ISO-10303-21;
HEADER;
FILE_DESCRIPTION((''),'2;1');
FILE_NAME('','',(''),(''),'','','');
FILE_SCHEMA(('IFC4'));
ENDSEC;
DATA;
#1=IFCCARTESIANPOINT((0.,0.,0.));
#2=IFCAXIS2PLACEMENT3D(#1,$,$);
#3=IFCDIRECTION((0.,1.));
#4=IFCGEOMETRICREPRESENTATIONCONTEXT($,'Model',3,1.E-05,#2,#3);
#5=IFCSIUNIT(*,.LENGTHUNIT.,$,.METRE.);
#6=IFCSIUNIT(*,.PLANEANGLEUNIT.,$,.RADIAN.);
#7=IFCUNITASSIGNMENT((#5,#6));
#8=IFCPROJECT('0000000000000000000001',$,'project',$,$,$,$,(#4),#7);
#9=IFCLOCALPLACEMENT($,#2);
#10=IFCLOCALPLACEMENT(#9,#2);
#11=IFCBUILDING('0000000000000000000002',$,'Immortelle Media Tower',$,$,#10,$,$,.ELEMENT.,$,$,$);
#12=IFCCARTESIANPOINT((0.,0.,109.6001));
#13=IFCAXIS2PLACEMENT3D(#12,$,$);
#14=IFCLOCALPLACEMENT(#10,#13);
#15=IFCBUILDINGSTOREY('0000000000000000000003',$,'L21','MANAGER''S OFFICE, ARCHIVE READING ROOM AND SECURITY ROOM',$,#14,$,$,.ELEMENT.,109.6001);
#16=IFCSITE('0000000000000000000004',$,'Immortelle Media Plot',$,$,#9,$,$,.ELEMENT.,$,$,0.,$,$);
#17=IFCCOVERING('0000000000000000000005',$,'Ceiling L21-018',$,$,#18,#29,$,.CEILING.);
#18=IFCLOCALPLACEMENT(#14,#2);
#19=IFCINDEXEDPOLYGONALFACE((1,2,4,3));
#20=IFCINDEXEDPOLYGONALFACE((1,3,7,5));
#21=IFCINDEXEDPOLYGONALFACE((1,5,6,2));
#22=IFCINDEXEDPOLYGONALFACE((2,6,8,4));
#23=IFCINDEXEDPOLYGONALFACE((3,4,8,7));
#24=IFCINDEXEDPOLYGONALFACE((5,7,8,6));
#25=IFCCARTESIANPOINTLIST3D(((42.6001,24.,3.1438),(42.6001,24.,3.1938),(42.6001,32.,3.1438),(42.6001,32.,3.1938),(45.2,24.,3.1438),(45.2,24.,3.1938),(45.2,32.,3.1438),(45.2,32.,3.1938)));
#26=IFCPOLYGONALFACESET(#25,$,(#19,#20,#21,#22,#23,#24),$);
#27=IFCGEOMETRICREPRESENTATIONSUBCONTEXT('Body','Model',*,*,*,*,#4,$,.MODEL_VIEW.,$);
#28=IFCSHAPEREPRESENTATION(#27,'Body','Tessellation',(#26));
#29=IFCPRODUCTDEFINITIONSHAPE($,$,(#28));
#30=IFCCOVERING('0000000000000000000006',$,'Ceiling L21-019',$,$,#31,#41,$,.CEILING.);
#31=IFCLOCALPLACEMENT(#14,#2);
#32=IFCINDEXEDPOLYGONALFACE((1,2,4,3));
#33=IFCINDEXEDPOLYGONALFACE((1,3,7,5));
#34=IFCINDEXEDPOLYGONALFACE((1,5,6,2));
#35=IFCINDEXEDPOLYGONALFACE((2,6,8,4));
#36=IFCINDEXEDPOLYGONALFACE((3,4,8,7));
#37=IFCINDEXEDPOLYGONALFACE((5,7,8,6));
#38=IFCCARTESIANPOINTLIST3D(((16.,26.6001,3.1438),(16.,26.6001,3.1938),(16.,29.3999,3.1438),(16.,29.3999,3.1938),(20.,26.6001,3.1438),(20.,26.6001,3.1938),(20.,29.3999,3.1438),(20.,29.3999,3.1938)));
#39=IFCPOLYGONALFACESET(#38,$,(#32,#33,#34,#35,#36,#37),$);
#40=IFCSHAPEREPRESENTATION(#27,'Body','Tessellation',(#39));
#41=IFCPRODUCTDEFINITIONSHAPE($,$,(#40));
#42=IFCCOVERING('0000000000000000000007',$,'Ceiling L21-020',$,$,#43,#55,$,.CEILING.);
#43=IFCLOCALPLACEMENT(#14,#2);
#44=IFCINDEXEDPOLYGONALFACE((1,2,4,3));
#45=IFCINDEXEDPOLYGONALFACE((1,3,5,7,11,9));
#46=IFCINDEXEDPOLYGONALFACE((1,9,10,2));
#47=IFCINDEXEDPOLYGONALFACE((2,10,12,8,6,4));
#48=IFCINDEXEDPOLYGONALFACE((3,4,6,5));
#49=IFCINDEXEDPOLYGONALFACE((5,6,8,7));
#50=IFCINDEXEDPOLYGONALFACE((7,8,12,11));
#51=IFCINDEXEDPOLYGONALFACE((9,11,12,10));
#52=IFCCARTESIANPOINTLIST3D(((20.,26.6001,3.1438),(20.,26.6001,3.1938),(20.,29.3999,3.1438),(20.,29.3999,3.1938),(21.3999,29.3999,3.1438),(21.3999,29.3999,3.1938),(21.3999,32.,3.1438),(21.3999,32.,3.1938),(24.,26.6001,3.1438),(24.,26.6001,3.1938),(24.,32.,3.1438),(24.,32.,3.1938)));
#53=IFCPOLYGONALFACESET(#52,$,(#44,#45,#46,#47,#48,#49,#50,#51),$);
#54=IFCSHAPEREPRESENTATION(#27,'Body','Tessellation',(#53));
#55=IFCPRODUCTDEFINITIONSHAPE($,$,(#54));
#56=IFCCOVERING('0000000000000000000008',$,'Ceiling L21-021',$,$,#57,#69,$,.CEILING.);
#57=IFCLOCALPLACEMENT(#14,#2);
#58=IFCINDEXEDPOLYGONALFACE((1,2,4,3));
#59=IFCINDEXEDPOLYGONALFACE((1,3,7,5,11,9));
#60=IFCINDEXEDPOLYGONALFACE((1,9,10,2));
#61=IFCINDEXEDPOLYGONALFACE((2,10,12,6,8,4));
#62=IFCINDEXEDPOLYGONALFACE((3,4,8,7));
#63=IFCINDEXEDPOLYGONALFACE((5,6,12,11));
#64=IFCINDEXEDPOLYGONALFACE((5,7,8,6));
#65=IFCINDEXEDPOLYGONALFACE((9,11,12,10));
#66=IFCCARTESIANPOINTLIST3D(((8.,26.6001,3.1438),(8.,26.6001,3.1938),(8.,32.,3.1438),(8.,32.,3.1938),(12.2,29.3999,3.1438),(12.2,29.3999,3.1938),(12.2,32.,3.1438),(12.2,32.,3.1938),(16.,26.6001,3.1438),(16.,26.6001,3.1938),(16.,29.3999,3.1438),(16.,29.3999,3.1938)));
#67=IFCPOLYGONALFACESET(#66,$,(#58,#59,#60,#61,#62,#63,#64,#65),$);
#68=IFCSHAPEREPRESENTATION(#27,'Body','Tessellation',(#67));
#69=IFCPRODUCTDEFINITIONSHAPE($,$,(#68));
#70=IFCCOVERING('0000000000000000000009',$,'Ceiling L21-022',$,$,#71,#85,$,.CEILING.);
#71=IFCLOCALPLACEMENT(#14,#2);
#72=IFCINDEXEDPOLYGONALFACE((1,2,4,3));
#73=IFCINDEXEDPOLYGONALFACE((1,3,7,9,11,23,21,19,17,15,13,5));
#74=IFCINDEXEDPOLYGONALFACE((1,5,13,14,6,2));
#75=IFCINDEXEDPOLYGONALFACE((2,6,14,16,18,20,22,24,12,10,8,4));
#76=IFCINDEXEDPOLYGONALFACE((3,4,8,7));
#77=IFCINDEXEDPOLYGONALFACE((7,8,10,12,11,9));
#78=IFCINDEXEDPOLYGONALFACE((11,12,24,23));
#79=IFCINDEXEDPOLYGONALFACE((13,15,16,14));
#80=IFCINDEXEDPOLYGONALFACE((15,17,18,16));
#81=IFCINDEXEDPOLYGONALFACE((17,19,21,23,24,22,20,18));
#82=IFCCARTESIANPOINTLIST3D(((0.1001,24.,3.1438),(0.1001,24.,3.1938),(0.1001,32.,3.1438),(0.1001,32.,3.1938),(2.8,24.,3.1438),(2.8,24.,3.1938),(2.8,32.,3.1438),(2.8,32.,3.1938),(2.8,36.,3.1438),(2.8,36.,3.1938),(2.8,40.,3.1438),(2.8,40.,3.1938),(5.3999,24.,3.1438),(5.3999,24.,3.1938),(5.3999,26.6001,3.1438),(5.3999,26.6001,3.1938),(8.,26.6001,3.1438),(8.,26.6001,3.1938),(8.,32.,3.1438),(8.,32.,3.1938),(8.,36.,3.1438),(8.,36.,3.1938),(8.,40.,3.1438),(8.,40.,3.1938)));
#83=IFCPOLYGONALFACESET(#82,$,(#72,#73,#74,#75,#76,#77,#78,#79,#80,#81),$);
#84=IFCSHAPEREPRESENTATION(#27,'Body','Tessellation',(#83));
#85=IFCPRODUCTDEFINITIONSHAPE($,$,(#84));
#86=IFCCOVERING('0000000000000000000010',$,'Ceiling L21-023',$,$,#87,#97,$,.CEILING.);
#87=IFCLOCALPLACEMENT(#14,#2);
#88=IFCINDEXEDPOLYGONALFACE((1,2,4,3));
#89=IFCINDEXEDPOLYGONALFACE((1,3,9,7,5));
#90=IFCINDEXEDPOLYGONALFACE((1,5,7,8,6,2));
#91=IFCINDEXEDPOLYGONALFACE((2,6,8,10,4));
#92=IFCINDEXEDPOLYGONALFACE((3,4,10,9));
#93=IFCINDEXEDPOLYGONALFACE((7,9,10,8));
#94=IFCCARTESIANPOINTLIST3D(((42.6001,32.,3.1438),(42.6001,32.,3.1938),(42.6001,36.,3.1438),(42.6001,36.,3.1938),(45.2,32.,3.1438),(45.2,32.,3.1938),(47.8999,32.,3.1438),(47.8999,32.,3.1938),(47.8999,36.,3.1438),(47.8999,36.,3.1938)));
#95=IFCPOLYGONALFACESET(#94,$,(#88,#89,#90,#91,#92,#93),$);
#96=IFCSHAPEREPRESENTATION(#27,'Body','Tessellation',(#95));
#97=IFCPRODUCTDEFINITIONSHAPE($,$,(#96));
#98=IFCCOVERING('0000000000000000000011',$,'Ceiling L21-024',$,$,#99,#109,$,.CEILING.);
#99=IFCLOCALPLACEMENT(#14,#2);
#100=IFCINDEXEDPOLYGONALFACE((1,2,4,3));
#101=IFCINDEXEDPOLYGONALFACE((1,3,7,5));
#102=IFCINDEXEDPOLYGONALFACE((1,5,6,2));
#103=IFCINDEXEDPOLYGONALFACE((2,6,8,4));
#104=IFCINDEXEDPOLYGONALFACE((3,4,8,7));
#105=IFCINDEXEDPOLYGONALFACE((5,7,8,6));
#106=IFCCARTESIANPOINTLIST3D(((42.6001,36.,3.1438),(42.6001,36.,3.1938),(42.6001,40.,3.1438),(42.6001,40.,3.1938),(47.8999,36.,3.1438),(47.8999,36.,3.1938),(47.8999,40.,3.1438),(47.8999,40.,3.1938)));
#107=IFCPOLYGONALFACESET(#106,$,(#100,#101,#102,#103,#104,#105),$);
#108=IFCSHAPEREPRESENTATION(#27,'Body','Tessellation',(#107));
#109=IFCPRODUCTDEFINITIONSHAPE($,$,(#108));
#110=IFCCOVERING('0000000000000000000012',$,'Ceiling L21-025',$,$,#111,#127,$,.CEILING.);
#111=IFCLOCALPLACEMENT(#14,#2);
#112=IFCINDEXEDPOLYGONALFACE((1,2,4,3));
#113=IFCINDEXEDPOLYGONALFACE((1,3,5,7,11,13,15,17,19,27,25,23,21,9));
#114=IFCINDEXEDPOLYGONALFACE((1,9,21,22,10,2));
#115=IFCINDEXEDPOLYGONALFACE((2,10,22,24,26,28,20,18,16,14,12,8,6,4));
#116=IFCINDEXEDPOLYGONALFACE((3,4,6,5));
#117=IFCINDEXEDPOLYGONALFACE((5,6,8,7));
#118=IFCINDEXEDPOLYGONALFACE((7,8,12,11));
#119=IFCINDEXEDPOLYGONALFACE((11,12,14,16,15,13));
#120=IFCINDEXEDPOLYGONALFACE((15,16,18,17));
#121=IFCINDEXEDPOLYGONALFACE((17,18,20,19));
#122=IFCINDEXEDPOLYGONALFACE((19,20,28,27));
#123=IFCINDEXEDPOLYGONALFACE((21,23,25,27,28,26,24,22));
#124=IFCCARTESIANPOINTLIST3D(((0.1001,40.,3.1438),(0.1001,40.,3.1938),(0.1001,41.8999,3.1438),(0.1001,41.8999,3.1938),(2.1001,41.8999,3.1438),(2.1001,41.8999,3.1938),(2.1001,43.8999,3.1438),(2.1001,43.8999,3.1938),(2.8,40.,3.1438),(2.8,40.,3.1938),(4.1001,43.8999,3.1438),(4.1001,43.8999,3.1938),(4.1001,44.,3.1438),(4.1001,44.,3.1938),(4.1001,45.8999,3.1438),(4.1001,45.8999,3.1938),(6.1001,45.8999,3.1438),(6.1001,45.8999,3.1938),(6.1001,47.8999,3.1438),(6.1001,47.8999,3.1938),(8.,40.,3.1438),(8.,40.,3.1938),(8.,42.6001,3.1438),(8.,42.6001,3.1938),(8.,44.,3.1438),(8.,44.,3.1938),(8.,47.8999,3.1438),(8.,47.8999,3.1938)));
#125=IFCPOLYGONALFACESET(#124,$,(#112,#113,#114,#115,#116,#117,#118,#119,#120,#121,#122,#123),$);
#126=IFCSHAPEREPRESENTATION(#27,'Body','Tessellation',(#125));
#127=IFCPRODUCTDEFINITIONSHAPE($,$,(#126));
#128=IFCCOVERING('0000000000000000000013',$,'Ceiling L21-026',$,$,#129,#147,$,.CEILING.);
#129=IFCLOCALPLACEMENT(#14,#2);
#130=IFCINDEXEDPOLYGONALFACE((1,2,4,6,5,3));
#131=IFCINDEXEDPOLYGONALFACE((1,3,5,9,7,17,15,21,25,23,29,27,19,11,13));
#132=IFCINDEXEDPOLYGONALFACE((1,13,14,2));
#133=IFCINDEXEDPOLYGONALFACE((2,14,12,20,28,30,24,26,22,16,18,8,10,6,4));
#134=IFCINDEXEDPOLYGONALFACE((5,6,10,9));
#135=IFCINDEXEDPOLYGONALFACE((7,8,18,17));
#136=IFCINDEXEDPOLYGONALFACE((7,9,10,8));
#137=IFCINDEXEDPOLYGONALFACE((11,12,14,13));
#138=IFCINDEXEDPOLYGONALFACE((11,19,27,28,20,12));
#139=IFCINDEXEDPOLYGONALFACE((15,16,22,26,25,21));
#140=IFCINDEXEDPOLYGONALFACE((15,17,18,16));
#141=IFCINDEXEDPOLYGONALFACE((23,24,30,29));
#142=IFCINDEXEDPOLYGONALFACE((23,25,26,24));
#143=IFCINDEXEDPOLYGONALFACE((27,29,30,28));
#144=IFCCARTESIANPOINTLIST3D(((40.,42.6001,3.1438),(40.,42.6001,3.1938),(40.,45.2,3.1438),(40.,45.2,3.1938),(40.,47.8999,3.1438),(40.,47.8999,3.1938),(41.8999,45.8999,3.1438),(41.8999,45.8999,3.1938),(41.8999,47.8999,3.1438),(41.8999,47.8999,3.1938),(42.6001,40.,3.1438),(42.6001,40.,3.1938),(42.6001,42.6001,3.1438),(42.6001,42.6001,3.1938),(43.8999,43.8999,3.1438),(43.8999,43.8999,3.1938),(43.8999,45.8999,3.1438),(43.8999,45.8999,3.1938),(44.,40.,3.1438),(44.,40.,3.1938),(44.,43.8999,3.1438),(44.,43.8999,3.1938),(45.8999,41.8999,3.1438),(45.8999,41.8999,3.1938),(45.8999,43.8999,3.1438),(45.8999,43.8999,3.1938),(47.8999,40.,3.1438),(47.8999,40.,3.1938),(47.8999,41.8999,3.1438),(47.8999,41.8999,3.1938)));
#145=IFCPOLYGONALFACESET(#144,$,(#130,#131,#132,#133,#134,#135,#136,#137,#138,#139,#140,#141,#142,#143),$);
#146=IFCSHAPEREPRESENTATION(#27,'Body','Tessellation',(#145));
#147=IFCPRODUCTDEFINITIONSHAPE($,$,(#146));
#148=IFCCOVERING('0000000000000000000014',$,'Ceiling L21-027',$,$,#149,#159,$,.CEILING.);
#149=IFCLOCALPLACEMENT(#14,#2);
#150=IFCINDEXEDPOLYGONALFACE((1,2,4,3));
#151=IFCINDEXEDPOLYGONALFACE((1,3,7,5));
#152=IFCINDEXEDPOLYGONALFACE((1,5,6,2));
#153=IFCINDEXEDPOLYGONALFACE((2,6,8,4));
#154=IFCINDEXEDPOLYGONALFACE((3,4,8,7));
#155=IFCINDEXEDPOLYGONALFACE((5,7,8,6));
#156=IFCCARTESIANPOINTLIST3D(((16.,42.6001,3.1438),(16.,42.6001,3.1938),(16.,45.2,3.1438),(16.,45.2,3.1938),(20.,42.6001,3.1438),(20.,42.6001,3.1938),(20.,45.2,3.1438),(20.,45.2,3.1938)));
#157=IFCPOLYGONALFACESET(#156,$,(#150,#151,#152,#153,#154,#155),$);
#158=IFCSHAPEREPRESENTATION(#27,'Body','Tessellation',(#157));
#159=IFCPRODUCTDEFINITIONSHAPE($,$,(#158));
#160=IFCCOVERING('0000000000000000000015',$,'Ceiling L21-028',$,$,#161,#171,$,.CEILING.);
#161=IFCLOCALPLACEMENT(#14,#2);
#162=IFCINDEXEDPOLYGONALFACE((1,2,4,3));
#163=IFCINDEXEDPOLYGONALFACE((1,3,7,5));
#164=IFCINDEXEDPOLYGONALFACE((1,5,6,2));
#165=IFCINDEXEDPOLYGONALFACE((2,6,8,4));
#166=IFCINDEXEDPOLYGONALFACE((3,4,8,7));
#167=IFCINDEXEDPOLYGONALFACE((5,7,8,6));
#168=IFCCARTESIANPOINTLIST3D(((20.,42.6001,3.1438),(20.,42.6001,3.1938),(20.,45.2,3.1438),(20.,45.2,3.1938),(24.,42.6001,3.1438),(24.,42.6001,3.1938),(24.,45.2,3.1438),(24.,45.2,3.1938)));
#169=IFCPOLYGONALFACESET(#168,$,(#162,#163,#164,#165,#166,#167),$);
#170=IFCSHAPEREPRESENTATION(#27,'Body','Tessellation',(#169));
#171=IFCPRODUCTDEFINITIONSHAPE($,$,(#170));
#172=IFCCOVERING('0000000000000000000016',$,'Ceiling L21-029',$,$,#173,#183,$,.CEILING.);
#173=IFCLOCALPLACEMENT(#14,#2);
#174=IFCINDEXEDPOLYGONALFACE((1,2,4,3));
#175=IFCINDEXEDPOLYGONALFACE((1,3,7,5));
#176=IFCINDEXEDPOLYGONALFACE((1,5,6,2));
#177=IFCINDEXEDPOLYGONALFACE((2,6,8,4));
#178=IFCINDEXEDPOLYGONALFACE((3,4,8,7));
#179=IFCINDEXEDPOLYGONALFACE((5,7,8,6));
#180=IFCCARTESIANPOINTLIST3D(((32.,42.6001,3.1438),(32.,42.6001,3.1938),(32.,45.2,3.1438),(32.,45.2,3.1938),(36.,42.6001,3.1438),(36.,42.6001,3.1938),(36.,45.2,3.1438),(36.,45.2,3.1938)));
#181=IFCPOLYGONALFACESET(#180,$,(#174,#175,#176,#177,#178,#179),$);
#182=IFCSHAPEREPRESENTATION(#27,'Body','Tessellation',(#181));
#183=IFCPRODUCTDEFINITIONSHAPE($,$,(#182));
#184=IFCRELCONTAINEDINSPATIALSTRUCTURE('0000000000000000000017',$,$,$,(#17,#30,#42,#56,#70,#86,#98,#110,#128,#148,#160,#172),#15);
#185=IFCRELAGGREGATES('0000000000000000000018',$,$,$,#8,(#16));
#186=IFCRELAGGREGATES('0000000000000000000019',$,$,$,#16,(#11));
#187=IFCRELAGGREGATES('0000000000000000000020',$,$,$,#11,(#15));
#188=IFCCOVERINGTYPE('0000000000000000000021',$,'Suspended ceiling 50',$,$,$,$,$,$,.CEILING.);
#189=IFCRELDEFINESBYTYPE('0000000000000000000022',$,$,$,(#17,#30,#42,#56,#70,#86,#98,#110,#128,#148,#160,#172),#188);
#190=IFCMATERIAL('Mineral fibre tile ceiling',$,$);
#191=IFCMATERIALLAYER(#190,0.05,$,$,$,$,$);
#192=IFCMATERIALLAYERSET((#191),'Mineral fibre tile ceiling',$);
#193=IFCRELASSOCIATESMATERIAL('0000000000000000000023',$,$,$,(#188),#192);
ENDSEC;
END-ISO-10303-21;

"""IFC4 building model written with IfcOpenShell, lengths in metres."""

from ifc_helpers import new_model, si_unit, direction, frame, origin, place, context, subcontext, project, spatial, polyline, outline, extrude, material, layer, layer_set, type_object, element, save


model = new_model("IFC4")

# Units and contexts
model_context = context("Model", 3, precision=1e-05, world=origin(), true_north=direction((0.0, 1.0)))
body_context = subcontext(model_context, "Body", "Model", "MODEL_VIEW")
ifc_project = project(units=[si_unit("LENGTHUNIT", "METRE"), si_unit("PLANEANGLEUNIT", "RADIAN")], contexts=[model_context])

# Site, building, storey
site_placement = place(None, origin())
site = spatial("IfcSite", under=ifc_project, at=site_placement, Name="Immortelle Media Plot", CompositionType="ELEMENT", RefElevation=0.0)
building_placement = place(site_placement, origin())
building = spatial("IfcBuilding", under=site, at=building_placement, Name="Immortelle Media Tower", CompositionType="ELEMENT")
storey_placement = place(building_placement, frame((0.0, 0.0, 109.6001)))
storey = spatial("IfcBuildingStorey", under=building, at=storey_placement, Name="L21", Description="MANAGER'S OFFICE, ARCHIVE READING ROOM AND SECURITY ROOM", CompositionType="ELEMENT", Elevation=109.6001)

# Coverings
ifc_material_1 = material(Name="Mineral fibre tile ceiling")
ifc_layer = layer(ifc_material_1, 0.05)
ifc_layer_set = layer_set([ifc_layer], Name="Mineral fibre tile ceiling")
covering_type = type_object("IfcCoveringType", Name="Suspended ceiling 50", PredefinedType="CEILING", material=ifc_layer_set)
covering_1_placement = place(storey_placement, frame((0.0, 0.0, 3.1438)))
element("IfcCovering", 1, at=covering_1_placement, inside=storey, type_object=covering_type, Name="Ceiling L21-018", PredefinedType="CEILING", context=body_context, shape_type="SweptSolid", body=[
    extrude(outline(polyline([(45.2, 24.0), (42.6001, 24.0), (42.6001, 32.0), (45.2, 32.0), (45.2, 24.0)])), origin(), (0.0, 0.0, 1.0), 0.05),
])
covering_2_placement = place(storey_placement, frame((0.0, 0.0, 3.1438)))
element("IfcCovering", 2, at=covering_2_placement, inside=storey, type_object=covering_type, Name="Ceiling L21-019", PredefinedType="CEILING", context=body_context, shape_type="SweptSolid", body=[
    extrude(outline(polyline([(16.0, 29.3999), (20.0, 29.3999), (20.0, 26.6001), (16.0, 26.6001), (16.0, 29.3999)])), origin(), (0.0, 0.0, 1.0), 0.05),
])
covering_3_placement = place(storey_placement, frame((0.0, 0.0, 3.1438)))
element("IfcCovering", 3, at=covering_3_placement, inside=storey, type_object=covering_type, Name="Ceiling L21-020", PredefinedType="CEILING", context=body_context, shape_type="SweptSolid", body=[
    extrude(outline(polyline([(21.3999, 29.3999), (21.3999, 32.0), (24.0, 32.0), (24.0, 26.6001), (20.0, 26.6001), (20.0, 29.3999), (21.3999, 29.3999)])), origin(), (0.0, 0.0, 1.0), 0.05),
])
covering_4_placement = place(storey_placement, frame((0.0, 0.0, 3.1438)))
element("IfcCovering", 4, at=covering_4_placement, inside=storey, type_object=covering_type, Name="Ceiling L21-021", PredefinedType="CEILING", context=body_context, shape_type="SweptSolid", body=[
    extrude(outline(polyline([(8.0, 26.6001), (8.0, 32.0), (12.2, 32.0), (12.2, 29.3999), (16.0, 29.3999), (16.0, 26.6001), (8.0, 26.6001)])), origin(), (0.0, 0.0, 1.0), 0.05),
])
covering_5_placement = place(storey_placement, frame((0.0, 0.0, 3.1438)))
element("IfcCovering", 5, at=covering_5_placement, inside=storey, type_object=covering_type, Name="Ceiling L21-022", PredefinedType="CEILING", context=body_context, shape_type="SweptSolid", body=[
    extrude(outline(polyline([(0.1001, 24.0), (0.1001, 32.0), (2.8, 32.0), (2.8, 36.0), (2.8, 40.0), (8.0, 40.0), (8.0, 36.0), (8.0, 32.0), (8.0, 26.6001), (5.3999, 26.6001), (5.3999, 24.0), (2.8, 24.0), (0.1001, 24.0)])), origin(), (0.0, 0.0, 1.0), 0.05),
])
covering_6_placement = place(storey_placement, frame((0.0, 0.0, 3.1438)))
element("IfcCovering", 6, at=covering_6_placement, inside=storey, type_object=covering_type, Name="Ceiling L21-023", PredefinedType="CEILING", context=body_context, shape_type="SweptSolid", body=[
    extrude(outline(polyline([(42.6001, 32.0), (42.6001, 36.0), (47.8999, 36.0), (47.8999, 32.0), (45.2, 32.0), (42.6001, 32.0)])), origin(), (0.0, 0.0, 1.0), 0.05),
])
covering_7_placement = place(storey_placement, frame((0.0, 0.0, 3.1438)))
element("IfcCovering", 7, at=covering_7_placement, inside=storey, type_object=covering_type, Name="Ceiling L21-024", PredefinedType="CEILING", context=body_context, shape_type="SweptSolid", body=[
    extrude(outline(polyline([(42.6001, 40.0), (47.8999, 40.0), (47.8999, 36.0), (42.6001, 36.0), (42.6001, 40.0)])), origin(), (0.0, 0.0, 1.0), 0.05),
])
covering_8_placement = place(storey_placement, frame((0.0, 0.0, 3.1438)))
element("IfcCovering", 8, at=covering_8_placement, inside=storey, type_object=covering_type, Name="Ceiling L21-025", PredefinedType="CEILING", context=body_context, shape_type="SweptSolid", body=[
    extrude(outline(polyline([(0.1001, 41.8999), (2.1001, 41.8999), (2.1001, 43.8999), (4.1001, 43.8999), (4.1001, 44.0), (4.1001, 45.8999), (6.1001, 45.8999), (6.1001, 47.8999), (8.0, 47.8999), (8.0, 44.0), (8.0, 42.6001), (8.0, 40.0), (2.8, 40.0), (0.1001, 40.0), (0.1001, 41.8999)])), origin(), (0.0, 0.0, 1.0), 0.05),
])
covering_9_placement = place(storey_placement, frame((0.0, 0.0, 3.1438)))
element("IfcCovering", 9, at=covering_9_placement, inside=storey, type_object=covering_type, Name="Ceiling L21-026", PredefinedType="CEILING", context=body_context, shape_type="SweptSolid", body=[
    extrude(outline(polyline([(45.8999, 41.8999), (47.8999, 41.8999), (47.8999, 40.0), (44.0, 40.0), (42.6001, 40.0), (42.6001, 42.6001), (40.0, 42.6001), (40.0, 45.2), (40.0, 47.8999), (41.8999, 47.8999), (41.8999, 45.8999), (43.8999, 45.8999), (43.8999, 43.8999), (44.0, 43.8999), (45.8999, 43.8999), (45.8999, 41.8999)])), origin(), (0.0, 0.0, 1.0), 0.05),
])
covering_10_placement = place(storey_placement, frame((0.0, 0.0, 3.1438)))
element("IfcCovering", 10, at=covering_10_placement, inside=storey, type_object=covering_type, Name="Ceiling L21-027", PredefinedType="CEILING", context=body_context, shape_type="SweptSolid", body=[
    extrude(outline(polyline([(16.0, 45.2), (20.0, 45.2), (20.0, 42.6001), (16.0, 42.6001), (16.0, 45.2)])), origin(), (0.0, 0.0, 1.0), 0.05),
])
covering_11_placement = place(storey_placement, frame((0.0, 0.0, 3.1438)))
element("IfcCovering", 11, at=covering_11_placement, inside=storey, type_object=covering_type, Name="Ceiling L21-028", PredefinedType="CEILING", context=body_context, shape_type="SweptSolid", body=[
    extrude(outline(polyline([(24.0, 45.2), (24.0, 42.6001), (20.0, 42.6001), (20.0, 45.2), (24.0, 45.2)])), origin(), (0.0, 0.0, 1.0), 0.05),
])
covering_12_placement = place(storey_placement, frame((0.0, 0.0, 3.1438)))
element("IfcCovering", 12, at=covering_12_placement, inside=storey, type_object=covering_type, Name="Ceiling L21-029", PredefinedType="CEILING", context=body_context, shape_type="SweptSolid", body=[
    extrude(outline(polyline([(32.0, 45.2), (36.0, 45.2), (36.0, 42.6001), (32.0, 42.6001), (32.0, 45.2)])), origin(), (0.0, 0.0, 1.0), 0.05),
])

save(model, "model.ifc")
